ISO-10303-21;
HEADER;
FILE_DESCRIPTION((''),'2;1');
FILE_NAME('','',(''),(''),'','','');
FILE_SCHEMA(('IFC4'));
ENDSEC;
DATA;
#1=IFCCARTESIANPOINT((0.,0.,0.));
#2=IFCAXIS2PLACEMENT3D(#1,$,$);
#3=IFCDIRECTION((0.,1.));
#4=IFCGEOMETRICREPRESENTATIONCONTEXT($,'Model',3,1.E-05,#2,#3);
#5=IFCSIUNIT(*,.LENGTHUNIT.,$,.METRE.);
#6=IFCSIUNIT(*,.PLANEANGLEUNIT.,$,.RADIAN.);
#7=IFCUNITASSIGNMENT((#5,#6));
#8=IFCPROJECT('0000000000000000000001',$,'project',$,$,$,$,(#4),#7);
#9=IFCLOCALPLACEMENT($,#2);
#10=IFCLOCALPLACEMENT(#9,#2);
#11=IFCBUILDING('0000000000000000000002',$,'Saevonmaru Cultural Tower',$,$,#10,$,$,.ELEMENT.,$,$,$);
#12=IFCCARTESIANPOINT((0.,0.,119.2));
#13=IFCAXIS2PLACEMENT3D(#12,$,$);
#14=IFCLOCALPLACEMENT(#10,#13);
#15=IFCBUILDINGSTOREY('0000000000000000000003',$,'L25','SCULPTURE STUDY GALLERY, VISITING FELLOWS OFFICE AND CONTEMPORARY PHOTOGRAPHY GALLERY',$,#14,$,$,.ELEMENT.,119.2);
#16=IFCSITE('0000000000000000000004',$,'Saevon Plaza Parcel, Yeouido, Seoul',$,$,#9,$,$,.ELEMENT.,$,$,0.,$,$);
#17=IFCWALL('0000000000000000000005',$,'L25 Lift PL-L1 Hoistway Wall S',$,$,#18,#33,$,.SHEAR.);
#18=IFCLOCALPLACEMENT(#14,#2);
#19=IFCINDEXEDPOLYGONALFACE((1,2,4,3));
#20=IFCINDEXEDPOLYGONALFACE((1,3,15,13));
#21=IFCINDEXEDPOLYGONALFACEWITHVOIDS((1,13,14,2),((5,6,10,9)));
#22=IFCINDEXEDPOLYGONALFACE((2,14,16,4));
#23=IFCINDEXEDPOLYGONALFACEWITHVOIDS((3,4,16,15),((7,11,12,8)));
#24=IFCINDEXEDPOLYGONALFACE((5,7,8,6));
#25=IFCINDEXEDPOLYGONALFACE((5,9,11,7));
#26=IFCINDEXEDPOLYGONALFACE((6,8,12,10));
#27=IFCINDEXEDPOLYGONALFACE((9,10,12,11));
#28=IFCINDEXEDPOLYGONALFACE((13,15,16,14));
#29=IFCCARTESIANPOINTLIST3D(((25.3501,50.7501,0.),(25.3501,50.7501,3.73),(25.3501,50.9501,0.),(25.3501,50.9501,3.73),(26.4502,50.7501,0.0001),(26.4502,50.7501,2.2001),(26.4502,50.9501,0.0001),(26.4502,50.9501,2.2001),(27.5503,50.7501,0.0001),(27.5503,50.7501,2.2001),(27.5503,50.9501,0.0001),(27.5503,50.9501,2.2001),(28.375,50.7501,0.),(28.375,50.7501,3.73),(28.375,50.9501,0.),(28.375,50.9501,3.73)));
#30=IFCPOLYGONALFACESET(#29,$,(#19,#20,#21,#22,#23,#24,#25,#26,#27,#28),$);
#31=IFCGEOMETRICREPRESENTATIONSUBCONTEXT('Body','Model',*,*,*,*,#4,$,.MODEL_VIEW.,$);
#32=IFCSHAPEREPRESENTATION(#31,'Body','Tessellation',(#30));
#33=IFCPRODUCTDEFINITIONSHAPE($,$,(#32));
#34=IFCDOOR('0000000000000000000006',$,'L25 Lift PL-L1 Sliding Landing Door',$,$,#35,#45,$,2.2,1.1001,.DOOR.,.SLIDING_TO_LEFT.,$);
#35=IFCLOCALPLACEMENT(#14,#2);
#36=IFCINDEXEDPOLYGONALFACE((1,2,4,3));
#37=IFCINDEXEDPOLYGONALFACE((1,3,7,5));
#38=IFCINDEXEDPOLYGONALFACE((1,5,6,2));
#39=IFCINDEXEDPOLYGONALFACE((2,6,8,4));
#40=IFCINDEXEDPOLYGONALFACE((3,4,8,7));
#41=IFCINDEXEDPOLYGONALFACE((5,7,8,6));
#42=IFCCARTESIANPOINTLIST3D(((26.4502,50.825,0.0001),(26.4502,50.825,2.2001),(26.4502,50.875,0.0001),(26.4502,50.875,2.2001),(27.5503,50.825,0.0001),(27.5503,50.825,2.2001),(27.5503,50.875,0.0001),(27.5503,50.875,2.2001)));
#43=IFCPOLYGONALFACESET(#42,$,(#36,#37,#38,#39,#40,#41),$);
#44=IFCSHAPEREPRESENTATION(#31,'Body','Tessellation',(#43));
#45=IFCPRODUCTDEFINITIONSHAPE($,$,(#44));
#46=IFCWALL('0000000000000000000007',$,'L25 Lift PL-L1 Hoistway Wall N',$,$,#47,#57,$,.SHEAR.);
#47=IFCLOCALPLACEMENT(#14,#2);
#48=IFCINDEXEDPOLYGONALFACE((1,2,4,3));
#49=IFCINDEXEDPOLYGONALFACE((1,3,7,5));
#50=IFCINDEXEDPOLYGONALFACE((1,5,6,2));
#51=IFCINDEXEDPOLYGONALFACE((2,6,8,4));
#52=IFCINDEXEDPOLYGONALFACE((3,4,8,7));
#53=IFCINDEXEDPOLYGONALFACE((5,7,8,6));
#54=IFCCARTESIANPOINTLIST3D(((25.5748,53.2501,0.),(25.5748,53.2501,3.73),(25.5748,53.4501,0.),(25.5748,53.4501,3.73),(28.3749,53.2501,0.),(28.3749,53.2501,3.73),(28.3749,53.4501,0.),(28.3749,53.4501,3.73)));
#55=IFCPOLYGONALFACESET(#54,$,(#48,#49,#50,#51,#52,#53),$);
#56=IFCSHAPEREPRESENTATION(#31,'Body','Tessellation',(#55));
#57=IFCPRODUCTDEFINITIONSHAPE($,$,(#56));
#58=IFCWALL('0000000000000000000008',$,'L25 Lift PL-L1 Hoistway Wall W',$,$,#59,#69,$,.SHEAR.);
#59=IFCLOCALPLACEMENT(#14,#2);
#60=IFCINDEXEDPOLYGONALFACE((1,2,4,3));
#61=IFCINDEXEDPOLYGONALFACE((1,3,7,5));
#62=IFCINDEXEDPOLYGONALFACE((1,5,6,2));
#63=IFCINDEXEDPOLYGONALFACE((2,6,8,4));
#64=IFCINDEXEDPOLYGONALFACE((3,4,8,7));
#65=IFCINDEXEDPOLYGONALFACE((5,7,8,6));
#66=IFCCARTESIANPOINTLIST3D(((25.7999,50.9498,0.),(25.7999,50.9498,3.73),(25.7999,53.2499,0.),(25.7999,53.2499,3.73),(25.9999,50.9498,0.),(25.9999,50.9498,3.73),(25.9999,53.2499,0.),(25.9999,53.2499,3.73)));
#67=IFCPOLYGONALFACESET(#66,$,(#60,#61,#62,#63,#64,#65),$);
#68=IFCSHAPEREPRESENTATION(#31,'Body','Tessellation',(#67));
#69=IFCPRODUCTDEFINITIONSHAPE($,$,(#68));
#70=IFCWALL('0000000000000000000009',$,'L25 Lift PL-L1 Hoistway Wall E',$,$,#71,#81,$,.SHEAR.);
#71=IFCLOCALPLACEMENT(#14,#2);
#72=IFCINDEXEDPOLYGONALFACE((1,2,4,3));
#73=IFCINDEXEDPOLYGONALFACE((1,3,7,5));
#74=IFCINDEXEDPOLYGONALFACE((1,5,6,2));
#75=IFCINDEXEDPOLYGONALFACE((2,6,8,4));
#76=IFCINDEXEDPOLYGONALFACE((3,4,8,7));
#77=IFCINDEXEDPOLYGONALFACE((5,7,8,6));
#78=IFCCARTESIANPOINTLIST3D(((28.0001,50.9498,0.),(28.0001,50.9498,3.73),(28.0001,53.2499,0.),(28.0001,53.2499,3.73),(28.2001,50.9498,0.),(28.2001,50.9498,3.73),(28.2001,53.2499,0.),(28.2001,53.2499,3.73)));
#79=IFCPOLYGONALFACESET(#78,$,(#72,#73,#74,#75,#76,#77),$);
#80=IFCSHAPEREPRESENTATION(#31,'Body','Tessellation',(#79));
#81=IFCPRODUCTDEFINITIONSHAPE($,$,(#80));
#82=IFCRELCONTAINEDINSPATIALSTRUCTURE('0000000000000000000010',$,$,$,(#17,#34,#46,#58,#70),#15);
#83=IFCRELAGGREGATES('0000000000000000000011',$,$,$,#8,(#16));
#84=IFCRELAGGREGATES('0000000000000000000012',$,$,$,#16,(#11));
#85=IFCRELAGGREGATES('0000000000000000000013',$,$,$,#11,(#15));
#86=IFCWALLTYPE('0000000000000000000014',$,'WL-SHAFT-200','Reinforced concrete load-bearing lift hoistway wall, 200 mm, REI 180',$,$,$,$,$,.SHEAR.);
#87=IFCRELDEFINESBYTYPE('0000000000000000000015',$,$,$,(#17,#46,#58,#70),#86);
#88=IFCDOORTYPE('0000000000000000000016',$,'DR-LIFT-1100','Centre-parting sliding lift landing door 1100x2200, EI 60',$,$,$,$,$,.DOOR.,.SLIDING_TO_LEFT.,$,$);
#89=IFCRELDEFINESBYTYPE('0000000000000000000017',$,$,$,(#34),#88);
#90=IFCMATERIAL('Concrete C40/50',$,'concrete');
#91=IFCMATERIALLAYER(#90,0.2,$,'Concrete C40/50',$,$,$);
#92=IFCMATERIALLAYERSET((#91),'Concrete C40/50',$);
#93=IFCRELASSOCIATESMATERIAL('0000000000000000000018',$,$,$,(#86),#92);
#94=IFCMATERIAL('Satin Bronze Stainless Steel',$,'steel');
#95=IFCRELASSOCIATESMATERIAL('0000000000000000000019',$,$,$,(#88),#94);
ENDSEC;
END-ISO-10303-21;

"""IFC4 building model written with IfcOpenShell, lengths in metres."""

from ifc_helpers import new_model, si_unit, direction, frame, frame_2d, origin, place, context, subcontext, project, spatial, rectangle, extrude, material, layer, layer_set, type_object, element, fill, save


model = new_model("IFC4")

# Units and contexts
model_context = context("Model", 3, precision=1e-05, world=origin(), true_north=direction((0.0, 1.0)))
body_context = subcontext(model_context, "Body", "Model", "MODEL_VIEW")
ifc_project = project(units=[si_unit("LENGTHUNIT", "METRE"), si_unit("PLANEANGLEUNIT", "RADIAN")], contexts=[model_context])

# Site, building, storey
site_placement = place(None, origin())
site = spatial("IfcSite", under=ifc_project, at=site_placement, Name="Saevon Plaza Parcel, Yeouido, Seoul", CompositionType="ELEMENT", RefElevation=0.0)
building_placement = place(site_placement, origin())
building = spatial("IfcBuilding", under=site, at=building_placement, Name="Saevonmaru Cultural Tower", CompositionType="ELEMENT")
storey_placement = place(building_placement, frame((0.0, 0.0, 119.2)))
storey = spatial("IfcBuildingStorey", under=building, at=storey_placement, Name="L25", Description="SCULPTURE STUDY GALLERY, VISITING FELLOWS OFFICE AND CONTEMPORARY PHOTOGRAPHY GALLERY", CompositionType="ELEMENT", Elevation=119.2)

# Shared definitions
ifc_material_1 = material(Name="Concrete C40/50", Category="concrete")
ifc_layer_1 = layer(ifc_material_1, 0.2, Name="Concrete C40/50")
ifc_layer_set_1 = layer_set([ifc_layer_1], Name="Concrete C40/50")
wall_type = type_object("IfcWallType", Name="WL-SHAFT-200", Description="Reinforced concrete load-bearing lift hoistway wall, 200 mm, REI 180", PredefinedType="SHEAR", material=ifc_layer_set_1)

# Wall, opening, door
wall_1_placement = place(storey_placement, frame((25.3501, 50.8501, 0.0), z_axis=(0.0, 0.0, 1.0), x_axis=(1.0, 0.0, 0.0)))
wall_1 = element("IfcWall", 1, at=wall_1_placement, inside=storey, type_object=wall_type, Name="L25 Lift PL-L1 Hoistway Wall S", PredefinedType="SHEAR", context=body_context, shape_type="SweptSolid", body=[
    extrude(rectangle(XDim=3.0249, YDim=0.2, at=frame_2d((1.5125, 0.0))), origin(), (0.0, 0.0, 1.0), 3.73),
])
opening_1_placement = place(wall_1_placement, frame((1.1001, 0.0, 0.0)))
opening_1 = element("IfcOpeningElement", 2, at=opening_1_placement, cuts=wall_1, PredefinedType="OPENING", context=body_context, shape_type="SweptSolid", body=[
    extrude(rectangle(XDim=1.1001, YDim=2.2, at=frame_2d((0.55, 1.1001))), frame((0.0, 0.1099, 0.0), z_axis=(0.0, -1.0, 0.0), x_axis=(1.0, 0.0, 0.0)), (0.0, 0.0, 1.0), 0.22),
])
ifc_material_2 = material(Name="Satin Bronze Stainless Steel", Category="steel")
door_type_1 = type_object("IfcDoorType", Name="DR-LIFT-1100", Description="Centre-parting sliding lift landing door 1100x2200, EI 60", OperationType="SLIDING_TO_LEFT", PredefinedType="DOOR", material=ifc_material_2)
door_1_placement = place(opening_1_placement, origin())
door_1 = element("IfcDoor", 3, at=door_1_placement, inside=storey, type_object=door_type_1, Name="L25 Lift PL-L1 Sliding Landing Door", OperationType="SLIDING_TO_LEFT", OverallHeight=2.2, OverallWidth=1.1001, PredefinedType="DOOR", context=body_context, shape_type="SweptSolid", body=[
    extrude(rectangle(XDim=1.1001, YDim=2.2, at=frame_2d((0.55, 1.1001))), frame((0.0, 0.0249, 0.0), z_axis=(0.0, -1.0, 0.0), x_axis=(1.0, 0.0, 0.0)), (0.0, 0.0, 1.0), 0.05),
])
fill(opening_1, door_1)

# Walls
wall_2_placement = place(storey_placement, frame((25.575, 53.3501, 0.0), z_axis=(0.0, 0.0, 1.0), x_axis=(1.0, 0.0, 0.0)))
element("IfcWall", 4, at=wall_2_placement, inside=storey, type_object=wall_type, Name="L25 Lift PL-L1 Hoistway Wall N", PredefinedType="SHEAR", context=body_context, shape_type="SweptSolid", body=[
    extrude(rectangle(XDim=2.8, YDim=0.2, at=frame_2d((1.3999, 0.0))), origin(), (0.0, 0.0, 1.0), 3.73),
])
for number, where, z_axis, x_axis, name in (
    (5, (25.8999, 50.95, 0.0), (0.0, 0.0, 1.0), (0.0, 1.0, 0.0), "L25 Lift PL-L1 Hoistway Wall W"),
    (6, (28.1001, 50.95, 0.0), (0.0, 0.0, 1.0), (0.0, 1.0, 0.0), "L25 Lift PL-L1 Hoistway Wall E"),
):
    element("IfcWall", number, at=place(storey_placement, frame(where, z_axis=z_axis, x_axis=x_axis)), inside=storey, type_object=wall_type, Name=name, PredefinedType="SHEAR", context=body_context, shape_type="SweptSolid", body=[
        extrude(rectangle(XDim=2.3, YDim=0.2, at=frame_2d((1.1499, 0.0))), origin(), (0.0, 0.0, 1.0), 3.73),
    ])

save(model, "model.ifc")
